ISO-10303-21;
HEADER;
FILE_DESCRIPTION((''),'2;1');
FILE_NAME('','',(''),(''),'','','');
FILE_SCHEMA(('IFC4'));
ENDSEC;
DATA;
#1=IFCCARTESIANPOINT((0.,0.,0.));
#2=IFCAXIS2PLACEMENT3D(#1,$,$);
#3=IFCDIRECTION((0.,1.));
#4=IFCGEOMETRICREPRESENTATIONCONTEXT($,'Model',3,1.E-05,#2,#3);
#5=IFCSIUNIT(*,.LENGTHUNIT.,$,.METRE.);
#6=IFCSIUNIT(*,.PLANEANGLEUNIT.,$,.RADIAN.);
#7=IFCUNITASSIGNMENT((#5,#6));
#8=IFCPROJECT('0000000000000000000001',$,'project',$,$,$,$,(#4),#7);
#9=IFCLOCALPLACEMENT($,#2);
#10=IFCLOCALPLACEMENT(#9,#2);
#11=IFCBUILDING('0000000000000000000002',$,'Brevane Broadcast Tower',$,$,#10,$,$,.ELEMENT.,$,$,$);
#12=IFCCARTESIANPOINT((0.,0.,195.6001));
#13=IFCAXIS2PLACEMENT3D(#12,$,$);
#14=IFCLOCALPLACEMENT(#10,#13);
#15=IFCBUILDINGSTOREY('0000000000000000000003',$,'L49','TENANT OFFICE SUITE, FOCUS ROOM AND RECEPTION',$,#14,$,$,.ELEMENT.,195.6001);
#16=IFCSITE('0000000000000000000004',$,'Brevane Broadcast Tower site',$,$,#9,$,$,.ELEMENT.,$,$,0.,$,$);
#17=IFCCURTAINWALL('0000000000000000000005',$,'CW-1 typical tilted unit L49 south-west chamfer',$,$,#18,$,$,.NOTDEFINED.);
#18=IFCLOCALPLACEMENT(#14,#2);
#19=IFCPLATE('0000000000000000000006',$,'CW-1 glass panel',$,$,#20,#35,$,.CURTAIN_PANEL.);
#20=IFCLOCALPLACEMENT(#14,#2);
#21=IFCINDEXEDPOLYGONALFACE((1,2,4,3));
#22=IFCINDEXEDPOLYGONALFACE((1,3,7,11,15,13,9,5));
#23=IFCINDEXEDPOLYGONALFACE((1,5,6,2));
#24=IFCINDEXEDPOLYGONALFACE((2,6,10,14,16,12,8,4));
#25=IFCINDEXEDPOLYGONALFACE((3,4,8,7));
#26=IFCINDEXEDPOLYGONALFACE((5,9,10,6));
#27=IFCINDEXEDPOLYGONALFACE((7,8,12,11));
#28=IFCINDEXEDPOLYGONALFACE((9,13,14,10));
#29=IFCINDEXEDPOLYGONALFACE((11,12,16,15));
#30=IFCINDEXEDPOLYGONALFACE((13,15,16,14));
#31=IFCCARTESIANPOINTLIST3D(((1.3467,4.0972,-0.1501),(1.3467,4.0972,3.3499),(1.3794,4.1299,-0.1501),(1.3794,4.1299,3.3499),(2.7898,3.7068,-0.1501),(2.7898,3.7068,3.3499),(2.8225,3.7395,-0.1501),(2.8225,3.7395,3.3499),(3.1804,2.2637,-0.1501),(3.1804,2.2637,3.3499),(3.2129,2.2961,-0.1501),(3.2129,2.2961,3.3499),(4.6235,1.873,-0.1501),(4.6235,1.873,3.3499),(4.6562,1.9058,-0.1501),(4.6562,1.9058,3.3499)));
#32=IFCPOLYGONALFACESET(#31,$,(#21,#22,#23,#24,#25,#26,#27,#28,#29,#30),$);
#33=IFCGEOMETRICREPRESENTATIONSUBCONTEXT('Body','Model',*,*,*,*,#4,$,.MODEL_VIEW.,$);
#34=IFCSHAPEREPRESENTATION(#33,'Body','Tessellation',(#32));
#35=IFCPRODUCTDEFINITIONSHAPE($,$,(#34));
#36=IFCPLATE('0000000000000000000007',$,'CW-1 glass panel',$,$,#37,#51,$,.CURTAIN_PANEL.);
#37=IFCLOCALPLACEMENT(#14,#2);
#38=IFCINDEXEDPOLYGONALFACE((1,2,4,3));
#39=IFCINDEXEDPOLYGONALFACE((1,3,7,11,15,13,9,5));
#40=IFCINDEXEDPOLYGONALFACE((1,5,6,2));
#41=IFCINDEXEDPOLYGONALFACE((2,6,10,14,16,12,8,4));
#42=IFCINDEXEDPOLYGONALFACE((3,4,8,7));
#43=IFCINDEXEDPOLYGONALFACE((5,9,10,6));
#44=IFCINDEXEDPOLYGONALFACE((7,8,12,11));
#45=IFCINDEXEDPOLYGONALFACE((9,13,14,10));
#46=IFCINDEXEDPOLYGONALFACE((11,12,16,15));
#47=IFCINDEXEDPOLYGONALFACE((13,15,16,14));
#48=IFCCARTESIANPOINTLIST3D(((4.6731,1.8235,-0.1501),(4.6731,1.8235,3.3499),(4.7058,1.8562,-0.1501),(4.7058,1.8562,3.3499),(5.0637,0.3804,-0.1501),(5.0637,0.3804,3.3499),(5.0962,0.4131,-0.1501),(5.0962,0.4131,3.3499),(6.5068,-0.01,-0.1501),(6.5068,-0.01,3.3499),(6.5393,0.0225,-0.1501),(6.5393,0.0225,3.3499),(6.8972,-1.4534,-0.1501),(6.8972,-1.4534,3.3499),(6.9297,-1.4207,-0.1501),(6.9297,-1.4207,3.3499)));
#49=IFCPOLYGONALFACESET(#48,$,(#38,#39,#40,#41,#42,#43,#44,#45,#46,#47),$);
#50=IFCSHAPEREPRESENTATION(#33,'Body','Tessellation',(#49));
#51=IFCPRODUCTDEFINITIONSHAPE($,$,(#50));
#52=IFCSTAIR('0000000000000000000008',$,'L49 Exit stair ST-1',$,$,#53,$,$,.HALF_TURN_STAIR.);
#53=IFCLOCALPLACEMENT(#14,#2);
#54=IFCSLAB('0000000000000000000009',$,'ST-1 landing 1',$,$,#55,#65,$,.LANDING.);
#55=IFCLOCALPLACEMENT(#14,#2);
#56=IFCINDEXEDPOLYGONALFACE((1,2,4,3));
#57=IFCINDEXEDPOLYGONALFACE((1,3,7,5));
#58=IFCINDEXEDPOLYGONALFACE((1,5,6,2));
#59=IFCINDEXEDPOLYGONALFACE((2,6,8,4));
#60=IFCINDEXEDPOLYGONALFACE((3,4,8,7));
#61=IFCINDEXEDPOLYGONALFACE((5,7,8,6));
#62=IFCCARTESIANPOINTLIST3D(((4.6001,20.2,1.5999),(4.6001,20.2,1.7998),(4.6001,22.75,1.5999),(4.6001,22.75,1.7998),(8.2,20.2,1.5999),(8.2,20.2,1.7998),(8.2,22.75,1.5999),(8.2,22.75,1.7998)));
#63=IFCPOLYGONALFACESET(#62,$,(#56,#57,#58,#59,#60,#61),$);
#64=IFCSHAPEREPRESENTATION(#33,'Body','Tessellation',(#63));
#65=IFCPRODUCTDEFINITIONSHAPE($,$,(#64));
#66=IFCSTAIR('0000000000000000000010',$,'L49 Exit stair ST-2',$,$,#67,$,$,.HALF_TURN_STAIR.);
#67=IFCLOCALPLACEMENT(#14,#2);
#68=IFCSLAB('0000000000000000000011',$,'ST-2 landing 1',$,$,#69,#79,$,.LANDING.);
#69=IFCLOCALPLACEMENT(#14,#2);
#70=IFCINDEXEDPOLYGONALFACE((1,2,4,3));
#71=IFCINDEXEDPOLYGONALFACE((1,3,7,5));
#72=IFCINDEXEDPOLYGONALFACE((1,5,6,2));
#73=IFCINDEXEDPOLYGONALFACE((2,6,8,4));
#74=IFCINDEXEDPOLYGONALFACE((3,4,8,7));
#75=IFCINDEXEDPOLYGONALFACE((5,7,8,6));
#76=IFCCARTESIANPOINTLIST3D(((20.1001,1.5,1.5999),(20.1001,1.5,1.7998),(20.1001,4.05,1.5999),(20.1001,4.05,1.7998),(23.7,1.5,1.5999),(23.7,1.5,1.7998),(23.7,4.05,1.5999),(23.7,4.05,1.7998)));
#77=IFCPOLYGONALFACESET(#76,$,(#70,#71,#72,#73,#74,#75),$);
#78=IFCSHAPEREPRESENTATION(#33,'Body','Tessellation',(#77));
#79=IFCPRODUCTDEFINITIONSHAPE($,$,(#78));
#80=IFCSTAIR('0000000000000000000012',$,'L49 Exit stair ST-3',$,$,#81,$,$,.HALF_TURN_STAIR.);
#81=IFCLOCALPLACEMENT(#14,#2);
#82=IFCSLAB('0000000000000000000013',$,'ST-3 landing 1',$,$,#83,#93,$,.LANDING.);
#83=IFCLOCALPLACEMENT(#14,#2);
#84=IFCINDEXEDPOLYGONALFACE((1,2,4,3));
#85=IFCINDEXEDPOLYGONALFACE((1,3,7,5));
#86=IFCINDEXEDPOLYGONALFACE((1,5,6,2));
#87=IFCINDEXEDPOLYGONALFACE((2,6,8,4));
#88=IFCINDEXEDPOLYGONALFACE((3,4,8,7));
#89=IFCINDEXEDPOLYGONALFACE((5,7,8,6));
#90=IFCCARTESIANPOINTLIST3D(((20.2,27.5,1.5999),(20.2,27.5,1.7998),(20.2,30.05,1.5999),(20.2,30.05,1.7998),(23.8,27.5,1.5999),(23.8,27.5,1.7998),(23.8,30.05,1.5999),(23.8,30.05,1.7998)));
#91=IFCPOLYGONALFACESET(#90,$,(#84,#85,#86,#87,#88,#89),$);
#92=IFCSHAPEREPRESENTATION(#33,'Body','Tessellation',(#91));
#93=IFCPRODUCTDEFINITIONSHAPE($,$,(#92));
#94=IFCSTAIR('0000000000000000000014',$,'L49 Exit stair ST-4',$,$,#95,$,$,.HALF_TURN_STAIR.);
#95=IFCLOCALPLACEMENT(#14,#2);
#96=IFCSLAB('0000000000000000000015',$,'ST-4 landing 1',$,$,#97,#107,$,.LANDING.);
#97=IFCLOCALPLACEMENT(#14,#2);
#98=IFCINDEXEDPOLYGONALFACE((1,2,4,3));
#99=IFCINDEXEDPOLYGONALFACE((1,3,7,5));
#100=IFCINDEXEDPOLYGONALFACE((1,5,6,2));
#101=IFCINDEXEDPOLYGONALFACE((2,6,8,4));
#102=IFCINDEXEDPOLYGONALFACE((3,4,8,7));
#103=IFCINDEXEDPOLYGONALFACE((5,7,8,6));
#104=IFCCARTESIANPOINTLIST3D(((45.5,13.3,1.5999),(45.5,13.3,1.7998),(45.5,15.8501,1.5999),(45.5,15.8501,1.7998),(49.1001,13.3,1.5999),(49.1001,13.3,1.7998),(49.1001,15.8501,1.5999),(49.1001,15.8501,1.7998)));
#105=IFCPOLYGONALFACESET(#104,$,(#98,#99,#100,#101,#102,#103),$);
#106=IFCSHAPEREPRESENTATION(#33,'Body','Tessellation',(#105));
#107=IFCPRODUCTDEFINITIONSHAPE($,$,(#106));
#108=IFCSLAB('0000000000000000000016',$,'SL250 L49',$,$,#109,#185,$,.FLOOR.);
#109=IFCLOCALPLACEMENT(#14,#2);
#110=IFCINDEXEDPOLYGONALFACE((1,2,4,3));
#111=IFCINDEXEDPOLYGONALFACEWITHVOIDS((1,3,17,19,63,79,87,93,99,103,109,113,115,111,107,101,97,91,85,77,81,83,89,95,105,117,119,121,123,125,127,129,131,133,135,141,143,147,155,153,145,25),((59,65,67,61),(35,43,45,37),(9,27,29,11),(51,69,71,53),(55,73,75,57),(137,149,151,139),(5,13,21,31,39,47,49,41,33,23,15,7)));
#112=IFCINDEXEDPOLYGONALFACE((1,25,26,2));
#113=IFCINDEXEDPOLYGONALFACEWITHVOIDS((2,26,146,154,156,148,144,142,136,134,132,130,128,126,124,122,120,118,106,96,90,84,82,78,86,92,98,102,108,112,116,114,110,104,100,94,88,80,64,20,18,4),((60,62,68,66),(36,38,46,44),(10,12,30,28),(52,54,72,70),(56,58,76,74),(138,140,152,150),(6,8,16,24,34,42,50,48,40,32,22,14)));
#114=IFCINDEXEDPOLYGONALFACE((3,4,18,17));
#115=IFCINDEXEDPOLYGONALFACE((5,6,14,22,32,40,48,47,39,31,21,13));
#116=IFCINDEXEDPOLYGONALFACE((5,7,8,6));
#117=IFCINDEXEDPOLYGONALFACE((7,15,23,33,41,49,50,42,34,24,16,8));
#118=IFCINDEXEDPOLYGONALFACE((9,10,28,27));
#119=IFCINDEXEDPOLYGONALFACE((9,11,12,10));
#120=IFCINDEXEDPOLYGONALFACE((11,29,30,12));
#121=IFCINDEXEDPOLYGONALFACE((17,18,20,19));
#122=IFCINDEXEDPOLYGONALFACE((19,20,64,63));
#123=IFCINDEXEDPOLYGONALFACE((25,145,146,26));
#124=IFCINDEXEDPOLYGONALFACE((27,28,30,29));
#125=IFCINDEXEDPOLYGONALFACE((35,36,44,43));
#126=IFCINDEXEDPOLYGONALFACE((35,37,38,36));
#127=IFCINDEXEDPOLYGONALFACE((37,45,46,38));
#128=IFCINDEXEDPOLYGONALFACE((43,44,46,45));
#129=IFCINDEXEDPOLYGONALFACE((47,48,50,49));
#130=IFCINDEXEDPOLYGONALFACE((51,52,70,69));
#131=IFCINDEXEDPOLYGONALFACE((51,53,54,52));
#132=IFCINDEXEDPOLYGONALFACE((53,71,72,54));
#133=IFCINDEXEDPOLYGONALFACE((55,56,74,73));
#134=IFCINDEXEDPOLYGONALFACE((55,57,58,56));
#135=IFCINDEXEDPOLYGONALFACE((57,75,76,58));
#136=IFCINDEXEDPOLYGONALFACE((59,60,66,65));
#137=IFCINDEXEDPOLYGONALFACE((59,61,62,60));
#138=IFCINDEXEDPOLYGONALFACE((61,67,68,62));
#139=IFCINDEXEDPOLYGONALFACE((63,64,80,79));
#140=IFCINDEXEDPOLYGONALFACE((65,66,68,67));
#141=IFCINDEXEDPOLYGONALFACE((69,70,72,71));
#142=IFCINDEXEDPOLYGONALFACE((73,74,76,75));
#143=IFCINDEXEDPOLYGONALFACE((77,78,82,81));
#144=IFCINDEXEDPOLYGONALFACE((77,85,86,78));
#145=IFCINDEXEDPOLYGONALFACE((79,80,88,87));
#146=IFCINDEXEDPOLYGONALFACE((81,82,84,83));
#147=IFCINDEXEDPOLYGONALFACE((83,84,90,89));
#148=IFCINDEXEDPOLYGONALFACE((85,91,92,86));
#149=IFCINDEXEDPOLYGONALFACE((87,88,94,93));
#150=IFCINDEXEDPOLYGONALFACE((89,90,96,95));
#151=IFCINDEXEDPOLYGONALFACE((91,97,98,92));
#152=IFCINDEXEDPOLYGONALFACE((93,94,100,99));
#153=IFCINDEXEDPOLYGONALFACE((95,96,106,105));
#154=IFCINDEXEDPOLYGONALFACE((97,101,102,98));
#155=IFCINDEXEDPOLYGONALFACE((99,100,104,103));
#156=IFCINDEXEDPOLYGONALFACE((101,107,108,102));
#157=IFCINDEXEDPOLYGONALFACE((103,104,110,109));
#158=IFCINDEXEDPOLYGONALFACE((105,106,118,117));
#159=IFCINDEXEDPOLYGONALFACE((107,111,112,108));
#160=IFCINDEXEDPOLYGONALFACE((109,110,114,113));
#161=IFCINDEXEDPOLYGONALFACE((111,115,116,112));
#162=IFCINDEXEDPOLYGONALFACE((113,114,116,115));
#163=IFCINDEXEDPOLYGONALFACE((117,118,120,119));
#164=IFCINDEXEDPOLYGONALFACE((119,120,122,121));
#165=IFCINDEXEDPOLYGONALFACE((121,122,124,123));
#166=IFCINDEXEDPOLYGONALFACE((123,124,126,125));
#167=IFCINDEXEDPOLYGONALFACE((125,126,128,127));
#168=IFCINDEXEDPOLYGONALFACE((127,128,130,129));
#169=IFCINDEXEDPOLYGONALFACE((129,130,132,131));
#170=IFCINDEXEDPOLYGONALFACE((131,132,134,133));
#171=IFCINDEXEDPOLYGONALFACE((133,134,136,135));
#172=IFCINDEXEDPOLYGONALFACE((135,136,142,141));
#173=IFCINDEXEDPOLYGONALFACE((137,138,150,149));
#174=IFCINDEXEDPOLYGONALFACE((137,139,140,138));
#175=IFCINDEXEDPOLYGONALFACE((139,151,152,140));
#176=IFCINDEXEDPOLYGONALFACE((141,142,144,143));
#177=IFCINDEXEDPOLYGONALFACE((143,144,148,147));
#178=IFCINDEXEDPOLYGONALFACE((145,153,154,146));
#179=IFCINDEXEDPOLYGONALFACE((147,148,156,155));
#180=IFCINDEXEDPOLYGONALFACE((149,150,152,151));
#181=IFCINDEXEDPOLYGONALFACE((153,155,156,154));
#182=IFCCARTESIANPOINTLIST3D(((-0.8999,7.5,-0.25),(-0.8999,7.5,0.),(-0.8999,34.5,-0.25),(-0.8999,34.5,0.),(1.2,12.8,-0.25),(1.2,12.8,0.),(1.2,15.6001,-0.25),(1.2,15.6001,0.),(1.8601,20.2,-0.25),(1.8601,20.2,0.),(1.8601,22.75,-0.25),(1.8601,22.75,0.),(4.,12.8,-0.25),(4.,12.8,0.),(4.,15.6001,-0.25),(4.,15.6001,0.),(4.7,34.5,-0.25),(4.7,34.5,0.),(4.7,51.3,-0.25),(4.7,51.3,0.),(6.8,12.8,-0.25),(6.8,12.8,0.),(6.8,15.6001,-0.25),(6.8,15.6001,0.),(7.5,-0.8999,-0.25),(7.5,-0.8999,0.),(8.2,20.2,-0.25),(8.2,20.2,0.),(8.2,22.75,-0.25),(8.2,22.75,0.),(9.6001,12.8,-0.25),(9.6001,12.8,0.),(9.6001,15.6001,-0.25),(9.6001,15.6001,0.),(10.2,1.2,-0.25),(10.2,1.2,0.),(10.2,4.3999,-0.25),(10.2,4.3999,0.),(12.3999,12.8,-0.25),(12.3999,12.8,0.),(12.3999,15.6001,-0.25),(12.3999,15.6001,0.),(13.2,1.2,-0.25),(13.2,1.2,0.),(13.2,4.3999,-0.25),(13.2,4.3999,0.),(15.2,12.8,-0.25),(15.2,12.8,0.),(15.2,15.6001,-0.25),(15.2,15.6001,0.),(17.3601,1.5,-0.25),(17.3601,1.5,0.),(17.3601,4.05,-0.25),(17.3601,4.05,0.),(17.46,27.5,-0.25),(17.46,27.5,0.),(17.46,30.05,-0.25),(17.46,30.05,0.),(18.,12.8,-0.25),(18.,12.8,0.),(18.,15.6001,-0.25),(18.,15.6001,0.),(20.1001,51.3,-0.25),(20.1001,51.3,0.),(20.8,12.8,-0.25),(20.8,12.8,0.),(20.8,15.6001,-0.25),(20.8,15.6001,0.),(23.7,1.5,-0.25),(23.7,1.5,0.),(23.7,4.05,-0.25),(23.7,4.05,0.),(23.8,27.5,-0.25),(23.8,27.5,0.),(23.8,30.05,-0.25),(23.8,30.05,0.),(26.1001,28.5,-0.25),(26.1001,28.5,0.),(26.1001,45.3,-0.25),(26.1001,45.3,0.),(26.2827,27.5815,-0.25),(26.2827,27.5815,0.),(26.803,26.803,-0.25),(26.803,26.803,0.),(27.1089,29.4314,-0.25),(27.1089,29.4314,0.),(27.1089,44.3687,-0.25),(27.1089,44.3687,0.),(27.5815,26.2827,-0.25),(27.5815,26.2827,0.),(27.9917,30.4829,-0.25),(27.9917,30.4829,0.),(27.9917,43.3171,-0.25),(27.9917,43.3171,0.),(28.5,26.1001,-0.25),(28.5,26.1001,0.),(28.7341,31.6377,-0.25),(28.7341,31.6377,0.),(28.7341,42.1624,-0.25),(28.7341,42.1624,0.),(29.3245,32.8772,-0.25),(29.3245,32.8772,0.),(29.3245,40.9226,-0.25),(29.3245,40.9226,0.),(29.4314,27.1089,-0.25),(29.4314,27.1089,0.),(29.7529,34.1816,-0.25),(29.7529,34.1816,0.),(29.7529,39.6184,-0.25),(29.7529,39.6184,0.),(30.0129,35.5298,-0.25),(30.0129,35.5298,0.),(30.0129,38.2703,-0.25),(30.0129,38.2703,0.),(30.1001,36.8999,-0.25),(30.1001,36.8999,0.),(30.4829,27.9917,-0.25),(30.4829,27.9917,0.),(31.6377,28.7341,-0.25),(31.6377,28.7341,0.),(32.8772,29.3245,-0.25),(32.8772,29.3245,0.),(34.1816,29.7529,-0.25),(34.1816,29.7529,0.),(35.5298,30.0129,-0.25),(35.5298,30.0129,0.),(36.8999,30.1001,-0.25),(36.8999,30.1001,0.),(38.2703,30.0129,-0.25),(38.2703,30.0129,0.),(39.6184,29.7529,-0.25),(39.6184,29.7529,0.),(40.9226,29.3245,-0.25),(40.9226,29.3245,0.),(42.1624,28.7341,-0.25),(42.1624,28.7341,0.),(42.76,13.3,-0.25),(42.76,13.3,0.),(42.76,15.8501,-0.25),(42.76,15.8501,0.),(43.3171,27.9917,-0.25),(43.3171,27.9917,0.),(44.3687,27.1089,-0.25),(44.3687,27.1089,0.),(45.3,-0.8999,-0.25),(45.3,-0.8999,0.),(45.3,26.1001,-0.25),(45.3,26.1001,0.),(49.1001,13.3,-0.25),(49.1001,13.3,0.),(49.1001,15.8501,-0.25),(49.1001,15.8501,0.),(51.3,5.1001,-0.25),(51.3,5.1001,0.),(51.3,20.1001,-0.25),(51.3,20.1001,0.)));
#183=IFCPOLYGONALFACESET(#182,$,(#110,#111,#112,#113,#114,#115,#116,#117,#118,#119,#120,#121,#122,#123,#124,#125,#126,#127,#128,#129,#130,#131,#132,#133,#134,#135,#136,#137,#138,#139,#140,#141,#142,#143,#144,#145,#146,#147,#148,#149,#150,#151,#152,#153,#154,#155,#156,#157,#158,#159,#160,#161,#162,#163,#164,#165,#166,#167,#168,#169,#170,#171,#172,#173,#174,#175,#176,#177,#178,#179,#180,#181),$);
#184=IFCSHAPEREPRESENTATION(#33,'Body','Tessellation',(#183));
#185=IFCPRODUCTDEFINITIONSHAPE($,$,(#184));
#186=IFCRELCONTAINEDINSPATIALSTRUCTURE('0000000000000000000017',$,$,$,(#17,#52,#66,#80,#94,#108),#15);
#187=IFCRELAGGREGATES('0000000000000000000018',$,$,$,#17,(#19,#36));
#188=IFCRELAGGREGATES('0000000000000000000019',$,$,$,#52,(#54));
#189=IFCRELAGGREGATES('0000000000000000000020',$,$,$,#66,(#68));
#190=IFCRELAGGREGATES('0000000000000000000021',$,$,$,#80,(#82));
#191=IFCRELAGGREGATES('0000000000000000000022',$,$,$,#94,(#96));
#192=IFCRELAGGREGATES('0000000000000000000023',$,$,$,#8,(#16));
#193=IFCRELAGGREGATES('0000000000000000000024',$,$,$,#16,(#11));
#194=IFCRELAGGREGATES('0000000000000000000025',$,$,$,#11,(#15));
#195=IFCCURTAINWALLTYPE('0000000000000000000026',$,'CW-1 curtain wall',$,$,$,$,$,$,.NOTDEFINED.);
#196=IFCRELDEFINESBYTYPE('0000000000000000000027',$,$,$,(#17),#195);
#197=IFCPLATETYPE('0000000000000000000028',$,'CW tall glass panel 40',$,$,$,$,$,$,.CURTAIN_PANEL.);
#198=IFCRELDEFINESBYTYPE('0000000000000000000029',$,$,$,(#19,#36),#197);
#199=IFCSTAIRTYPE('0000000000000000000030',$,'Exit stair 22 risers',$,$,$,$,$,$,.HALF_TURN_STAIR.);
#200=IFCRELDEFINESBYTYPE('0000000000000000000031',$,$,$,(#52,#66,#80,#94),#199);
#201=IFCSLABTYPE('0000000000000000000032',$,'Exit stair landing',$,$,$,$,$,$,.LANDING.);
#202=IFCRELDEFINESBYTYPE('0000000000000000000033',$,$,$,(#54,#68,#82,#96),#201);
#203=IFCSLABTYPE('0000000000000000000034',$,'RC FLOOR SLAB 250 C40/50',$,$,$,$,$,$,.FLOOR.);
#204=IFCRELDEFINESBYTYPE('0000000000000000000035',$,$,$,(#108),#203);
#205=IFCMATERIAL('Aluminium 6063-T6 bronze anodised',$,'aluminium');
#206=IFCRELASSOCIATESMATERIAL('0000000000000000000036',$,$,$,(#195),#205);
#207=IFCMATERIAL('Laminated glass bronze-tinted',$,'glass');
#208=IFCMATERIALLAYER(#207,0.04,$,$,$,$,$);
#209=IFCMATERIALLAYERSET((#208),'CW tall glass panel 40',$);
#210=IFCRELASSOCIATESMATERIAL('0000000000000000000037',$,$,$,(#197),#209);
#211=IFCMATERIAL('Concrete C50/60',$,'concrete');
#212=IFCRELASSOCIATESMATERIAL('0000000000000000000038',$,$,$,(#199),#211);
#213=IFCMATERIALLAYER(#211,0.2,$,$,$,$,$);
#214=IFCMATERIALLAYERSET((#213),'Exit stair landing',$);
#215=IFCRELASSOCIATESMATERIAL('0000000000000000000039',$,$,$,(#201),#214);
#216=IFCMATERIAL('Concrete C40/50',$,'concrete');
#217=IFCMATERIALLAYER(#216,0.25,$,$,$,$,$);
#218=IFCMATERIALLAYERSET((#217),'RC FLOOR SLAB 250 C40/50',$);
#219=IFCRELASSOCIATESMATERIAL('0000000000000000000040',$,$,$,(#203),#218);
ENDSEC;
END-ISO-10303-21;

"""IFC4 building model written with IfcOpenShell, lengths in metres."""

from ifc_helpers import new_model, si_unit, direction, frame, origin, place, context, subcontext, project, spatial, polyline, outline, extrude, material, layer, layer_set, type_object, element, aggregate, save


model = new_model("IFC4")

# Units and contexts
model_context = context("Model", 3, precision=1e-05, world=origin(), true_north=direction((0.0, 1.0)))
body_context = subcontext(model_context, "Body", "Model", "MODEL_VIEW")
ifc_project = project(units=[si_unit("LENGTHUNIT", "METRE"), si_unit("PLANEANGLEUNIT", "RADIAN")], contexts=[model_context])

# Site, building, storey
site_placement = place(None, origin())
site = spatial("IfcSite", under=ifc_project, at=site_placement, Name="Brevane Broadcast Tower site", CompositionType="ELEMENT", RefElevation=0.0)
building_placement = place(site_placement, origin())
building = spatial("IfcBuilding", under=site, at=building_placement, Name="Brevane Broadcast Tower", CompositionType="ELEMENT")
storey_placement = place(building_placement, frame((0.0, 0.0, 195.6001)))
storey = spatial("IfcBuildingStorey", under=building, at=storey_placement, Name="L49", Description="TENANT OFFICE SUITE, FOCUS ROOM AND RECEPTION", CompositionType="ELEMENT", Elevation=195.6001)

# Curtain wall
ifc_material_1 = material(Name="Aluminium 6063-T6 bronze anodised", Category="aluminium")
curtain_wall_type = type_object("IfcCurtainWallType", Name="CW-1 curtain wall", PredefinedType="NOTDEFINED", material=ifc_material_1)
curtain_wall_1_placement = place(storey_placement, origin())
curtain_wall_1 = element("IfcCurtainWall", 1, at=curtain_wall_1_placement, inside=storey, type_object=curtain_wall_type, Name="CW-1 typical tilted unit L49 south-west chamfer", PredefinedType="NOTDEFINED")

# Shared definitions
ifc_material_2 = material(Name="Laminated glass bronze-tinted", Category="glass")
ifc_layer_1 = layer(ifc_material_2, 0.04)
ifc_layer_set_1 = layer_set([ifc_layer_1], Name="CW tall glass panel 40")
plate_type = type_object("IfcPlateType", Name="CW tall glass panel 40", PredefinedType="CURTAIN_PANEL", material=ifc_layer_set_1)

# Plates
plate_1_placement = place(storey_placement, frame((0.0, 0.0, -0.1501)))
plate_1 = element("IfcPlate", 2, at=plate_1_placement, type_object=plate_type, Name="CW-1 glass panel", PredefinedType="CURTAIN_PANEL", context=body_context, shape_type="SweptSolid", body=[
    extrude(outline(polyline([(1.3794, 4.1299), (1.3467, 4.0972), (2.7898, 3.7068), (3.1804, 2.2637), (4.6235, 1.873), (4.6562, 1.9058), (3.2129, 2.2961), (2.8225, 3.7395), (1.3794, 4.1299)])), origin(), (0.0, 0.0, 1.0), 3.5),
])
plate_2_placement = place(storey_placement, frame((0.0, 0.0, -0.1501)))
plate_2 = element("IfcPlate", 3, at=plate_2_placement, type_object=plate_type, Name="CW-1 glass panel", PredefinedType="CURTAIN_PANEL", context=body_context, shape_type="SweptSolid", body=[
    extrude(outline(polyline([(4.7058, 1.8562), (4.6731, 1.8235), (5.0637, 0.3804), (6.5068, -0.01), (6.8972, -1.4534), (6.9297, -1.4207), (6.5393, 0.0225), (5.0962, 0.4131), (4.7058, 1.8562)])), origin(), (0.0, 0.0, 1.0), 3.5),
])
aggregate(curtain_wall_1, [plate_1, plate_2])

# Stairs, slabs
ifc_material_3 = material(Name="Concrete C50/60", Category="concrete")
stair_type = type_object("IfcStairType", Name="Exit stair 22 risers", PredefinedType="HALF_TURN_STAIR", material=ifc_material_3)
stair_1_placement = place(storey_placement, origin())
stair_1 = element("IfcStair", 4, at=stair_1_placement, inside=storey, type_object=stair_type, Name="L49 Exit stair ST-1", PredefinedType="HALF_TURN_STAIR")
ifc_layer_2 = layer(ifc_material_3, 0.2)
ifc_layer_set_2 = layer_set([ifc_layer_2], Name="Exit stair landing")
slab_type_1 = type_object("IfcSlabType", Name="Exit stair landing", PredefinedType="LANDING", material=ifc_layer_set_2)
slab_1_placement = place(storey_placement, frame((0.0, 0.0, 1.5999)))
slab_1 = element("IfcSlab", 5, at=slab_1_placement, type_object=slab_type_1, Name="ST-1 landing 1", PredefinedType="LANDING", context=body_context, shape_type="SweptSolid", body=[
    extrude(outline(polyline([(4.6001, 20.2), (8.2, 20.2), (8.2, 22.75), (4.6001, 22.75), (4.6001, 20.2)])), origin(), (0.0, 0.0, 1.0), 0.2),
])
aggregate(stair_1, [slab_1])
stair_2_placement = place(storey_placement, origin())
stair_2 = element("IfcStair", 6, at=stair_2_placement, inside=storey, type_object=stair_type, Name="L49 Exit stair ST-2", PredefinedType="HALF_TURN_STAIR")
slab_2_placement = place(storey_placement, frame((0.0, 0.0, 1.5999)))
slab_2 = element("IfcSlab", 7, at=slab_2_placement, type_object=slab_type_1, Name="ST-2 landing 1", PredefinedType="LANDING", context=body_context, shape_type="SweptSolid", body=[
    extrude(outline(polyline([(20.1001, 1.5), (23.7, 1.5), (23.7, 4.05), (20.1001, 4.05), (20.1001, 1.5)])), origin(), (0.0, 0.0, 1.0), 0.2),
])
aggregate(stair_2, [slab_2])
stair_3_placement = place(storey_placement, origin())
stair_3 = element("IfcStair", 8, at=stair_3_placement, inside=storey, type_object=stair_type, Name="L49 Exit stair ST-3", PredefinedType="HALF_TURN_STAIR")
slab_3_placement = place(storey_placement, frame((0.0, 0.0, 1.5999)))
slab_3 = element("IfcSlab", 9, at=slab_3_placement, type_object=slab_type_1, Name="ST-3 landing 1", PredefinedType="LANDING", context=body_context, shape_type="SweptSolid", body=[
    extrude(outline(polyline([(20.2, 27.5), (23.8, 27.5), (23.8, 30.05), (20.2, 30.05), (20.2, 27.5)])), origin(), (0.0, 0.0, 1.0), 0.2),
])
aggregate(stair_3, [slab_3])
stair_4_placement = place(storey_placement, origin())
stair_4 = element("IfcStair", 10, at=stair_4_placement, inside=storey, type_object=stair_type, Name="L49 Exit stair ST-4", PredefinedType="HALF_TURN_STAIR")
slab_4_placement = place(storey_placement, frame((0.0, 0.0, 1.5999)))
slab_4 = element("IfcSlab", 11, at=slab_4_placement, type_object=slab_type_1, Name="ST-4 landing 1", PredefinedType="LANDING", context=body_context, shape_type="SweptSolid", body=[
    extrude(outline(polyline([(45.5, 13.3), (49.1001, 13.3), (49.1001, 15.8501), (45.5, 15.8501), (45.5, 13.3)])), origin(), (0.0, 0.0, 1.0), 0.2),
])
aggregate(stair_4, [slab_4])

# Slab
ifc_material_4 = material(Name="Concrete C40/50", Category="concrete")
ifc_layer_3 = layer(ifc_material_4, 0.25)
ifc_layer_set_3 = layer_set([ifc_layer_3], Name="RC FLOOR SLAB 250 C40/50")
slab_type_2 = type_object("IfcSlabType", Name="RC FLOOR SLAB 250 C40/50", PredefinedType="FLOOR", material=ifc_layer_set_3)
slab_5_placement = place(storey_placement, frame((0.0, 0.0, -0.25)))
element("IfcSlab", 12, at=slab_5_placement, inside=storey, type_object=slab_type_2, Name="SL250 L49", PredefinedType="FLOOR", context=body_context, shape_type="SweptSolid", body=[
    extrude(outline(polyline([(-0.8999, 7.5), (-0.8999, 34.5), (4.7, 34.5), (4.7, 51.3), (20.1001, 51.3), (26.1001, 45.3), (27.1089, 44.3687), (27.9917, 43.3171), (28.7341, 42.1624), (29.3245, 40.9226), (29.7529, 39.6184), (30.0129, 38.2703), (30.1001, 36.8999), (30.0129, 35.5298), (29.7529, 34.1816), (29.3245, 32.8772), (28.7341, 31.6377), (27.9917, 30.4829), (27.1089, 29.4314), (26.1001, 28.5), (26.2827, 27.5815), (26.803, 26.803), (27.5815, 26.2827), (28.5, 26.1001), (29.4314, 27.1089), (30.4829, 27.9917), (31.6377, 28.7341), (32.8772, 29.3245), (34.1816, 29.7529), (35.5298, 30.0129), (36.8999, 30.1001), (38.2703, 30.0129), (39.6184, 29.7529), (40.9226, 29.3245), (42.1624, 28.7341), (43.3171, 27.9917), (44.3687, 27.1089), (45.3, 26.1001), (51.3, 20.1001), (51.3, 5.1001), (45.3, -0.8999), (7.5, -0.8999), (-0.8999, 7.5)]), holes=[polyline([(13.2, 4.3999), (10.2, 4.3999), (10.2, 1.2), (13.2, 1.2), (13.2, 4.3999)]), polyline([(4.0, 15.6001), (1.2, 15.6001), (1.2, 12.8), (4.0, 12.8), (6.8, 12.8), (9.6001, 12.8), (12.3999, 12.8), (15.2, 12.8), (15.2, 15.6001), (12.3999, 15.6001), (9.6001, 15.6001), (6.8, 15.6001), (4.0, 15.6001)]), polyline([(1.8601, 22.75), (1.8601, 20.2), (8.2, 20.2), (8.2, 22.75), (1.8601, 22.75)]), polyline([(23.7, 4.05), (17.3601, 4.05), (17.3601, 1.5), (23.7, 1.5), (23.7, 4.05)]), polyline([(20.8, 15.6001), (18.0, 15.6001), (18.0, 12.8), (20.8, 12.8), (20.8, 15.6001)]), polyline([(49.1001, 15.8501), (42.76, 15.8501), (42.76, 13.3), (49.1001, 13.3), (49.1001, 15.8501)]), polyline([(23.8, 30.05), (17.46, 30.05), (17.46, 27.5), (23.8, 27.5), (23.8, 30.05)])]), origin(), (0.0, 0.0, 1.0), 0.25),
])

save(model, "model.ifc")
